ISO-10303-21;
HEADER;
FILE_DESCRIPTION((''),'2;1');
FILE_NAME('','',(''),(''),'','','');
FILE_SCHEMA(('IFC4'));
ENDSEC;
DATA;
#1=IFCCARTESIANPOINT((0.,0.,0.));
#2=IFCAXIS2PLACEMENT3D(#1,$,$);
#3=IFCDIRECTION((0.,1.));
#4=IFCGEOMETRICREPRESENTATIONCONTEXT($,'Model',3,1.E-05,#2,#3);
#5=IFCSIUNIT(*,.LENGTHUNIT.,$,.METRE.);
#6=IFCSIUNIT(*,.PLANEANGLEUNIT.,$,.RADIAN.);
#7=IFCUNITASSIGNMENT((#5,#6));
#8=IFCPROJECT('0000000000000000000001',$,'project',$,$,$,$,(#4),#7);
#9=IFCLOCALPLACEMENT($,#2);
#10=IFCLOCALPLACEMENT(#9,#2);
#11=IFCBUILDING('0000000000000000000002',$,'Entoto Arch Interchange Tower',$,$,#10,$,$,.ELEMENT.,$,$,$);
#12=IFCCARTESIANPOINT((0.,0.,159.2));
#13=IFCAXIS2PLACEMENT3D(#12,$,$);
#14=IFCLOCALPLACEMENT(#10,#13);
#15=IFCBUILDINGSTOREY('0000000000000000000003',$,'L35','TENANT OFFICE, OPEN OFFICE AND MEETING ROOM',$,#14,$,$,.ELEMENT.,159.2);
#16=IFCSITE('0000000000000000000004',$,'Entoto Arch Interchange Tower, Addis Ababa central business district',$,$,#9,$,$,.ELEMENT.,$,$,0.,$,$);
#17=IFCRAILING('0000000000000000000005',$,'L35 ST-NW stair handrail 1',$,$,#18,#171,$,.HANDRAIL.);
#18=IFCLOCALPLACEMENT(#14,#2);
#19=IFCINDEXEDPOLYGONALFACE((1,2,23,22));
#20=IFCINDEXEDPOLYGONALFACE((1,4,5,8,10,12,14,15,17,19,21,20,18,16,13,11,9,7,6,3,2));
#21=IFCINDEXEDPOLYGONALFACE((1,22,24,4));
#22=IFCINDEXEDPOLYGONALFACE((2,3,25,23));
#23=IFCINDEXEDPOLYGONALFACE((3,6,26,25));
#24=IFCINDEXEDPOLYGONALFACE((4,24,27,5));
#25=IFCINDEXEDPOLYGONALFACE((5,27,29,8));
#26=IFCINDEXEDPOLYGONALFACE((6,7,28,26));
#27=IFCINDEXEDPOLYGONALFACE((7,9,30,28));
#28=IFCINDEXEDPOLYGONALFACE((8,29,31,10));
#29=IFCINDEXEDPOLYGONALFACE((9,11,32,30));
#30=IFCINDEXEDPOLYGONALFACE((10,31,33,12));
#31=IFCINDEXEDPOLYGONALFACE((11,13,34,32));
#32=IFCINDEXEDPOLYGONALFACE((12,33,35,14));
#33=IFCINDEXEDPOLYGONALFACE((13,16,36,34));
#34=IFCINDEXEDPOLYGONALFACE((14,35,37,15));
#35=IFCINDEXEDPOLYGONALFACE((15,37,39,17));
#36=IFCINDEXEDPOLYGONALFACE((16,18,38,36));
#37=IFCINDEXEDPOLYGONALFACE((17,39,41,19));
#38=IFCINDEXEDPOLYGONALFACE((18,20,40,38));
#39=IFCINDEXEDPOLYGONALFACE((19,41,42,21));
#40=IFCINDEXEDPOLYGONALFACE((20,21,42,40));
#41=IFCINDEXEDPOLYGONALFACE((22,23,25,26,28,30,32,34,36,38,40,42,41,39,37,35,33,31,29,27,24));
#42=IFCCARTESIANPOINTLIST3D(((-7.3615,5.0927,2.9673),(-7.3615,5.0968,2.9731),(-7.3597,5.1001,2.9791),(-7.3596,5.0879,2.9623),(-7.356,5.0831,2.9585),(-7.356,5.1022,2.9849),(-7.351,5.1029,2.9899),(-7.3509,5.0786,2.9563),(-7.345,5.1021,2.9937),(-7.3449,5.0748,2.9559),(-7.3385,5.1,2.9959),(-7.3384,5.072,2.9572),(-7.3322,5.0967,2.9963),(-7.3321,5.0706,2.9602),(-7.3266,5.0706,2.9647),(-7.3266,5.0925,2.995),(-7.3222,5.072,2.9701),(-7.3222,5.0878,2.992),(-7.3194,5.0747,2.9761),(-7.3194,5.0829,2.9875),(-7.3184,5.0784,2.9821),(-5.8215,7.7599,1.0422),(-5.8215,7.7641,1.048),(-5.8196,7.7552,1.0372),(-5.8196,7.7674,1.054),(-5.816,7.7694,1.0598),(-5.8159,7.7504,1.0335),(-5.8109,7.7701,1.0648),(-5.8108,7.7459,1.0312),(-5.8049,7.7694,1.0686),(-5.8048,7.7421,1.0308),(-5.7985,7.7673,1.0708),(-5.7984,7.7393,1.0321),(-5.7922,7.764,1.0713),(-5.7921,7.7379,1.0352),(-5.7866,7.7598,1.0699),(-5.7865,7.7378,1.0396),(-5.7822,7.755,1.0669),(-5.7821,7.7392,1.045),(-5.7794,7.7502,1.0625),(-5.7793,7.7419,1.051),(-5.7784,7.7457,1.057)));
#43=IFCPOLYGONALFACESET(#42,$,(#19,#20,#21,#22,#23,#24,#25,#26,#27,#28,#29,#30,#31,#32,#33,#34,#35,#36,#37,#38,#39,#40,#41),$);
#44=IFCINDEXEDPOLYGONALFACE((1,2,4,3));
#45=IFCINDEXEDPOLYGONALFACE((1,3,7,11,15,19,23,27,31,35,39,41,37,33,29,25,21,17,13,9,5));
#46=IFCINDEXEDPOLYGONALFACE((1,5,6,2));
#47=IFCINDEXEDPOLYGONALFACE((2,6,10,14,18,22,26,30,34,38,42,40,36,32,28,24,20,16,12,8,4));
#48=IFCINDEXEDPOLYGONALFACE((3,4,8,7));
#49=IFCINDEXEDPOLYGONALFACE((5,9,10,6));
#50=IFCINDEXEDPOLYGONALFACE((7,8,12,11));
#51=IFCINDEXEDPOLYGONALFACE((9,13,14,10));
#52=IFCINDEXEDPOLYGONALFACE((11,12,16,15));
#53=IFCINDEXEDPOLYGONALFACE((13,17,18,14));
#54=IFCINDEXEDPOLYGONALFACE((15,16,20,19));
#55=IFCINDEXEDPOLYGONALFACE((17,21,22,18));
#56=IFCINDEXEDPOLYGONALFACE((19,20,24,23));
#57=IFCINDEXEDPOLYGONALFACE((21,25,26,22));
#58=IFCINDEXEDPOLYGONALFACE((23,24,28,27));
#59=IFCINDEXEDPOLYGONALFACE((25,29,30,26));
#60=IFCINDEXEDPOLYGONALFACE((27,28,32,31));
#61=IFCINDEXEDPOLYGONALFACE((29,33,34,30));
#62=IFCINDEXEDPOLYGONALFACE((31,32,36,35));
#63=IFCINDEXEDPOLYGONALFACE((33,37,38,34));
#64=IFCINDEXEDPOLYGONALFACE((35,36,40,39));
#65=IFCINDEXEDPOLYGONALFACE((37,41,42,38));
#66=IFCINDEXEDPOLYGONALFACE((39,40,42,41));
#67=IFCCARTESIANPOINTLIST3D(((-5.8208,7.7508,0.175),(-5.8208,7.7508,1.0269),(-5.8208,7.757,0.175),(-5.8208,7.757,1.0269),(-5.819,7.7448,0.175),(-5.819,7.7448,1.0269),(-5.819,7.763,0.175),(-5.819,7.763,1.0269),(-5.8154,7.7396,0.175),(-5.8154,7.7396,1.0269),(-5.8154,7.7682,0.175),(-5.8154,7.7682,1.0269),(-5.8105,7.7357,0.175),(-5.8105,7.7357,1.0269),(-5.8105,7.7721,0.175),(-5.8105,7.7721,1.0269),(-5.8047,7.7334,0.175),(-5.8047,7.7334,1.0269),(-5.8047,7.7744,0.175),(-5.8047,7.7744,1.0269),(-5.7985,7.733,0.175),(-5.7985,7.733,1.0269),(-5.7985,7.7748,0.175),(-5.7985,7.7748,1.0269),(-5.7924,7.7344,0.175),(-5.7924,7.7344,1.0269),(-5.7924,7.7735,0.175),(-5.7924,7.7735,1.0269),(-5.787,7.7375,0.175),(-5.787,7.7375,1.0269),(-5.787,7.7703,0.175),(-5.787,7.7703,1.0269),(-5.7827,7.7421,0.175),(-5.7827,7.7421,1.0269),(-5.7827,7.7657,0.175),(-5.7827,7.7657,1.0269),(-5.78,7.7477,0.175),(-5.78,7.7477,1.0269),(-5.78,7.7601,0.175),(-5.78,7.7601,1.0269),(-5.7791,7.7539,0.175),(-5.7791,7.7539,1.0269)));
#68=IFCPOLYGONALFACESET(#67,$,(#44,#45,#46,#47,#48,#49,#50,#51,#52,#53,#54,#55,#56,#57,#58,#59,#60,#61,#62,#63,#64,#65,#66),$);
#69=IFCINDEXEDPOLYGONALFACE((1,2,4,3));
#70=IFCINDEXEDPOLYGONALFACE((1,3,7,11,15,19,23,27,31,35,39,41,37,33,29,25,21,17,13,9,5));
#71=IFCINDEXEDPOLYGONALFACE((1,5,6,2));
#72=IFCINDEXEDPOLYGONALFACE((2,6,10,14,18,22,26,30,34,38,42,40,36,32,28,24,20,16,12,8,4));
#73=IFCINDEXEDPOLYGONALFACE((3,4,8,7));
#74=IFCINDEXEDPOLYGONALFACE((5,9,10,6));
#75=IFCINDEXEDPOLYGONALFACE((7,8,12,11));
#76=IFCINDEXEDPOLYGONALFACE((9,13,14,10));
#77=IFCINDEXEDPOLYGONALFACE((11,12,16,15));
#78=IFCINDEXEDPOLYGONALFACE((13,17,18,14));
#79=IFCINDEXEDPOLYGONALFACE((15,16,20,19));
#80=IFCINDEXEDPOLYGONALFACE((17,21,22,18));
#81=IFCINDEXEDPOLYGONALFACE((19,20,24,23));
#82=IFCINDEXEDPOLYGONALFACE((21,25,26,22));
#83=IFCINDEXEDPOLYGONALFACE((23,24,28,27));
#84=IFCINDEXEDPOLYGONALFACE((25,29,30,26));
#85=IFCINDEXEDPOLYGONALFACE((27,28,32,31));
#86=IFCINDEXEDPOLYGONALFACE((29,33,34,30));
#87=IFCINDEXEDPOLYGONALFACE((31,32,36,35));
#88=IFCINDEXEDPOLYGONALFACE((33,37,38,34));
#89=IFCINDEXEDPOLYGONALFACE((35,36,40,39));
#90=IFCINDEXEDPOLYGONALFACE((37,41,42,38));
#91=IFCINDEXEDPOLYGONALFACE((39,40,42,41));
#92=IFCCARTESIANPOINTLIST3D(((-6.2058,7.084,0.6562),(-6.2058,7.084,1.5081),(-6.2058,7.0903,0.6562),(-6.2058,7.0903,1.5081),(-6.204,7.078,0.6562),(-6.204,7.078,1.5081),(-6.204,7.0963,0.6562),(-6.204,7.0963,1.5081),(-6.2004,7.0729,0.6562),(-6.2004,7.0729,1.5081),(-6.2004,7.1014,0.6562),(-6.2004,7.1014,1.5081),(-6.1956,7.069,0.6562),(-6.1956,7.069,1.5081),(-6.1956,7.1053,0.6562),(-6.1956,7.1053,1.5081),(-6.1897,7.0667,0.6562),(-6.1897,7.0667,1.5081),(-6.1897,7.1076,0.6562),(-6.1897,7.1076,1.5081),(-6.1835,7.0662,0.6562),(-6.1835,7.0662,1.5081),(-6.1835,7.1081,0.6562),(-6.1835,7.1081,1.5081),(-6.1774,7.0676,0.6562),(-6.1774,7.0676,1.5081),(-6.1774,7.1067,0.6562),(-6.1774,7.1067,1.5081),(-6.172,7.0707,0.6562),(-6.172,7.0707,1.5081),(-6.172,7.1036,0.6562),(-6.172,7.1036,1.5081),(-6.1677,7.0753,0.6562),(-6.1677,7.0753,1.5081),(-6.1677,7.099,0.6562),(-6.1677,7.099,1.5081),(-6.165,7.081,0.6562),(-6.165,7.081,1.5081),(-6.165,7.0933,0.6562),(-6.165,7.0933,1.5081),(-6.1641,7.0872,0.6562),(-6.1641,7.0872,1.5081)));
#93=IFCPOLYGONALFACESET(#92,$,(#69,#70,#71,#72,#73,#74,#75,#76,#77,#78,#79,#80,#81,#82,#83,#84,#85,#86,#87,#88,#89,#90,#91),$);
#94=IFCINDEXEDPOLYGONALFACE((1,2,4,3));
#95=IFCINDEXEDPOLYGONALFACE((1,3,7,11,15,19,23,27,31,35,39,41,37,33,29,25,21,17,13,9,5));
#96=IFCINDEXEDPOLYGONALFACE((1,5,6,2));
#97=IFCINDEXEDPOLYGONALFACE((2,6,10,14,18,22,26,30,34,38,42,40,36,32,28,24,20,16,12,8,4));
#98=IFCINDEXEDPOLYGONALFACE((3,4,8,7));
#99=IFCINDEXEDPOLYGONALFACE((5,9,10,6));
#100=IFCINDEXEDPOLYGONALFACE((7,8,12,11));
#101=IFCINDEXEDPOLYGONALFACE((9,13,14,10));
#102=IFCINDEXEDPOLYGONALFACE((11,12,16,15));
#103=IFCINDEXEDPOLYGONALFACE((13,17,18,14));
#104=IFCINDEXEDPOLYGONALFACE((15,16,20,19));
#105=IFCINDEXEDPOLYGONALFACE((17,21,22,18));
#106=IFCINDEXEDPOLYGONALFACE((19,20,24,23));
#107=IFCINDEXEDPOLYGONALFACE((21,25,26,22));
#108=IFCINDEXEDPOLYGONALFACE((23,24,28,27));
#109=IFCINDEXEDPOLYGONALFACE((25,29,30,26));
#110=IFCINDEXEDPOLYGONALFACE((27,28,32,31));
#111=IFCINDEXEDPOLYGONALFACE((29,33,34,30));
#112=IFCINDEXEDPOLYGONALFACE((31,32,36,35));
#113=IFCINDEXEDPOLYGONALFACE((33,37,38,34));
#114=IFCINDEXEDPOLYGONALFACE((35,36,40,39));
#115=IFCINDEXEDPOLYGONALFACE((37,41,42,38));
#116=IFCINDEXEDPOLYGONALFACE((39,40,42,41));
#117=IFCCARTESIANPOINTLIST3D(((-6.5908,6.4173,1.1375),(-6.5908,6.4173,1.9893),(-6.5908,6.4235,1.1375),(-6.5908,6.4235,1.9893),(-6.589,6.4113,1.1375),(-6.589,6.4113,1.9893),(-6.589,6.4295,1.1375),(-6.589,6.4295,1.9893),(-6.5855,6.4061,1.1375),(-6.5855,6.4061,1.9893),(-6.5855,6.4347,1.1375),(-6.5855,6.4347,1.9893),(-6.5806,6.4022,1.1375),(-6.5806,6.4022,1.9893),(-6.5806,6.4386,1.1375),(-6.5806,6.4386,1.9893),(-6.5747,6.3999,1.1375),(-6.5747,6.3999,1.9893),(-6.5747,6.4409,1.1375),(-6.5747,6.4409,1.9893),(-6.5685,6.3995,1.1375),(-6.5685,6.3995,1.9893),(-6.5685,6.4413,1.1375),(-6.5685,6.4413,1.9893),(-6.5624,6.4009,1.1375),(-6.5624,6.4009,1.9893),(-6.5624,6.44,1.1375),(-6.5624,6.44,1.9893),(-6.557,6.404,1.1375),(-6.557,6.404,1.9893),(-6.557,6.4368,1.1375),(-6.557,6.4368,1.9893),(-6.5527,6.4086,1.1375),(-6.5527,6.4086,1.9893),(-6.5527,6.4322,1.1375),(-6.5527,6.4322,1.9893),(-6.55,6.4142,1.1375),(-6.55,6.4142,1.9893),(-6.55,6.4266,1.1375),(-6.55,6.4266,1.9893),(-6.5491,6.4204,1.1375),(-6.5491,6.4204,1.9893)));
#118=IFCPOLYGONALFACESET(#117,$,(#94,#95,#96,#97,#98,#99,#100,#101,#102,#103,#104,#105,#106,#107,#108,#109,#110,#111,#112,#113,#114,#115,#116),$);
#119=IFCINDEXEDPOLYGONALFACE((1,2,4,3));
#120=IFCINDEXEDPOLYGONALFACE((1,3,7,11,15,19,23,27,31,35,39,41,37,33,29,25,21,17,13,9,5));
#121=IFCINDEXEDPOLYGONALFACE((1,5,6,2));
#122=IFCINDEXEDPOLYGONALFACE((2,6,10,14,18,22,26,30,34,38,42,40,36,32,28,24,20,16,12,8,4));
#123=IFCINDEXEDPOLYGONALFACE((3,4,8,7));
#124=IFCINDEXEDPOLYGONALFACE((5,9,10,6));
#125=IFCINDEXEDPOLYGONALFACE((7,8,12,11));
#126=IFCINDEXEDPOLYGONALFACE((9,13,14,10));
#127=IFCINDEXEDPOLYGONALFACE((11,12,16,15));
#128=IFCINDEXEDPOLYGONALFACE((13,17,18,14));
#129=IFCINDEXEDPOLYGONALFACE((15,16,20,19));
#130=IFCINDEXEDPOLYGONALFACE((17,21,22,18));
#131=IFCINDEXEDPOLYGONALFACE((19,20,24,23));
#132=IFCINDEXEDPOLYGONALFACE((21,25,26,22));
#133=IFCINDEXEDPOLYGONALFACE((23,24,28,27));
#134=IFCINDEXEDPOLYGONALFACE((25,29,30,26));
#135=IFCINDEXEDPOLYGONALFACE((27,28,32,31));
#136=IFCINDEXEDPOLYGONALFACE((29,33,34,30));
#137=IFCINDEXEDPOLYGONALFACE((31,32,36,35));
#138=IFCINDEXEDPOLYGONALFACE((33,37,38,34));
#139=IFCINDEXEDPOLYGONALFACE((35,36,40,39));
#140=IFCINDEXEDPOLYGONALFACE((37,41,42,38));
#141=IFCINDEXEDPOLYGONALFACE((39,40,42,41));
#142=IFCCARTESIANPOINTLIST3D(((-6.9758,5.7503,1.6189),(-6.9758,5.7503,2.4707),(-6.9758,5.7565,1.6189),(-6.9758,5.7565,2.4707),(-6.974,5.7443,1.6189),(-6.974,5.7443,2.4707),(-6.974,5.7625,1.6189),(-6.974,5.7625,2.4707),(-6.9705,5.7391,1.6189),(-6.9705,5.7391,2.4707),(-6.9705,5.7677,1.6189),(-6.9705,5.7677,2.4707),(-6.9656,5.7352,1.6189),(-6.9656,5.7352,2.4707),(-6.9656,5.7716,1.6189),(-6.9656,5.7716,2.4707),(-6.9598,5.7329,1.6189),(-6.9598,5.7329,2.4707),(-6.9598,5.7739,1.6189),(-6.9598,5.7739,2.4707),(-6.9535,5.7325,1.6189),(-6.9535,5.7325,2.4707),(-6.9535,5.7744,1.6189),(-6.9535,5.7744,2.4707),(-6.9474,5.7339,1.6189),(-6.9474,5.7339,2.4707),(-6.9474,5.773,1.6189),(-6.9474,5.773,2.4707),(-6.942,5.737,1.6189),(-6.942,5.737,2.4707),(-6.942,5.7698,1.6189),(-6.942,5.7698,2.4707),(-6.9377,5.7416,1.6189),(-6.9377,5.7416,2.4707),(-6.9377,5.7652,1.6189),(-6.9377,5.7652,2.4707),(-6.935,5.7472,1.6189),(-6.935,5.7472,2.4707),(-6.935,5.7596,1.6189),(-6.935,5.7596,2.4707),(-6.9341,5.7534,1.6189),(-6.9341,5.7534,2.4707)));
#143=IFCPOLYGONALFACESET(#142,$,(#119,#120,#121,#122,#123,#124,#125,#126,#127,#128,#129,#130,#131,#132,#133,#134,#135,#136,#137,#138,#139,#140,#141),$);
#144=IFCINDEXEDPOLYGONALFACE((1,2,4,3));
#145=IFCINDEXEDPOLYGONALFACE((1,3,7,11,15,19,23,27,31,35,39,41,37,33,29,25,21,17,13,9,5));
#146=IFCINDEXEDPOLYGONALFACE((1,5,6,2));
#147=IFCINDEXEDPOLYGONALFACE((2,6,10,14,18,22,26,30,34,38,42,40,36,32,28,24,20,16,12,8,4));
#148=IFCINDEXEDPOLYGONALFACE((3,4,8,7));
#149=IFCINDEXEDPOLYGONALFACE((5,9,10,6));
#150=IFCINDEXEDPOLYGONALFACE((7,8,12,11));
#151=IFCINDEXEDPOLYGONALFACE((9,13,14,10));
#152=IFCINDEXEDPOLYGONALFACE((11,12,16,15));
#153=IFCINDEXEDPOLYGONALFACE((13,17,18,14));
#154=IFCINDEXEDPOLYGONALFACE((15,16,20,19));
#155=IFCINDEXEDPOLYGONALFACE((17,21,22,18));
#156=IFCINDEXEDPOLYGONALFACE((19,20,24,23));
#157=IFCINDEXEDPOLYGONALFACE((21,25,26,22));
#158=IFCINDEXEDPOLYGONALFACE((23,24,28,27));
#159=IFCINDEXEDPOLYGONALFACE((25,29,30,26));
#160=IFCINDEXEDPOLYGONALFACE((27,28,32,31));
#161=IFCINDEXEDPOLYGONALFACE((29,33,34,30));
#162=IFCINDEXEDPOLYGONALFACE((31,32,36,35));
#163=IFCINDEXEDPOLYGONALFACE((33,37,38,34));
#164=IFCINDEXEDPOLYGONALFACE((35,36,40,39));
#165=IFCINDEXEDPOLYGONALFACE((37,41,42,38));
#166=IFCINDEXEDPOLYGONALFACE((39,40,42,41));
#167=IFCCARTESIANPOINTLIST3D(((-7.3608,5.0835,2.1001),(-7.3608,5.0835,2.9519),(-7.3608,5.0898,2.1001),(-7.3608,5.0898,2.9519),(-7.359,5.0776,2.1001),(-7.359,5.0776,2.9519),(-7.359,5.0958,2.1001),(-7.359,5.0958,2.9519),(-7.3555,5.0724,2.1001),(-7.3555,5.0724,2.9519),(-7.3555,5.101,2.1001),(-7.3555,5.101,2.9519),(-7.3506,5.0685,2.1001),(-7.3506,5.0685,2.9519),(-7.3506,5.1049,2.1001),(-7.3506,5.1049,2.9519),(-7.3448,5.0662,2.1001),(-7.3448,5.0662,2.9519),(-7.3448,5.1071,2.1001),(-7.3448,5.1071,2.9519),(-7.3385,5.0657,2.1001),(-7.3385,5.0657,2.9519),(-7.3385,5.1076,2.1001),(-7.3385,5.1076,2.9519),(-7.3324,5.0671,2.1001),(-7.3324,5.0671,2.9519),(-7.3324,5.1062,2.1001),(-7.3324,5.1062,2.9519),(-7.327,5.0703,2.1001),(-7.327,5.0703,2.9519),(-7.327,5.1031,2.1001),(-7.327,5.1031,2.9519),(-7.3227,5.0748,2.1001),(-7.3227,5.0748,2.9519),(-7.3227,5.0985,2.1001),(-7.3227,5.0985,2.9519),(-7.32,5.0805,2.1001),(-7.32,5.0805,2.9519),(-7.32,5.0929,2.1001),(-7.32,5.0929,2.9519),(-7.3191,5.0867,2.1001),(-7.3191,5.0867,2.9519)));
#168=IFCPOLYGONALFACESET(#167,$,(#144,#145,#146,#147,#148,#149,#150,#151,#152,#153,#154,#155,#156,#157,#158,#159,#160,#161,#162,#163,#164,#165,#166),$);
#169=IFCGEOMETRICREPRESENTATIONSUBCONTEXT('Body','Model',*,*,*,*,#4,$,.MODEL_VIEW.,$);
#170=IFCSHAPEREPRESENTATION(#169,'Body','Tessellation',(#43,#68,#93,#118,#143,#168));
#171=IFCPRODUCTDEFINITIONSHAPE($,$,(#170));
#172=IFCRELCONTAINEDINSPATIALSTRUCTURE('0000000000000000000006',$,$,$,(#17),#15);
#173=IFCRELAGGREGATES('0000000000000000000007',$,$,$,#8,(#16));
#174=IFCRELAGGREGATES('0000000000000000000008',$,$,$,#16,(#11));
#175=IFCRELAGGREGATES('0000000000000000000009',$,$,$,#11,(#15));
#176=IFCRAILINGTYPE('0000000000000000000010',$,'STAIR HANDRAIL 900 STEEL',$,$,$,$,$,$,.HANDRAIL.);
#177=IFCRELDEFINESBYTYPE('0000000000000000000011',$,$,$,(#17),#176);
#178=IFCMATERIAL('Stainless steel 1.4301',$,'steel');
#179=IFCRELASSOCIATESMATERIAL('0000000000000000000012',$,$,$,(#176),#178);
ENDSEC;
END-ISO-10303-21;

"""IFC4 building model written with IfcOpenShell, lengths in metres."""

from ifc_helpers import new_model, si_unit, direction, frame, origin, origin_2d, place, context, subcontext, project, spatial, circle, extrude, material, type_object, element, save


model = new_model("IFC4")

# Units and contexts
model_context = context("Model", 3, precision=1e-05, world=origin(), true_north=direction((0.0, 1.0)))
body_context = subcontext(model_context, "Body", "Model", "MODEL_VIEW")
ifc_project = project(units=[si_unit("LENGTHUNIT", "METRE"), si_unit("PLANEANGLEUNIT", "RADIAN")], contexts=[model_context])

# Site, building, storey
site_placement = place(None, origin())
site = spatial("IfcSite", under=ifc_project, at=site_placement, Name="Entoto Arch Interchange Tower, Addis Ababa central business district", CompositionType="ELEMENT", RefElevation=0.0)
building_placement = place(site_placement, origin())
building = spatial("IfcBuilding", under=site, at=building_placement, Name="Entoto Arch Interchange Tower", CompositionType="ELEMENT")
storey_placement = place(building_placement, frame((0.0, 0.0, 159.2)))
storey = spatial("IfcBuildingStorey", under=building, at=storey_placement, Name="L35", Description="TENANT OFFICE, OPEN OFFICE AND MEETING ROOM", CompositionType="ELEMENT", Elevation=159.2)

# Railing
ifc_material_1 = material(Name="Stainless steel 1.4301", Category="steel")
railing_type_1 = type_object("IfcRailingType", Name="STAIR HANDRAIL 900 STEEL", PredefinedType="HANDRAIL", material=ifc_material_1)
railing_1_placement = place(storey_placement, frame((-5.8, 7.7539, 0.175)))
element("IfcRailing", 1, at=railing_1_placement, inside=storey, type_object=railing_type_1, Name="L35 ST-NW stair handrail 1", PredefinedType="HANDRAIL", context=body_context, shape_type="SweptSolid", body=[
    extrude(circle(Radius=0.0239, at=origin_2d()), frame((0.0, 0.0, 0.876), z_axis=(-0.424015, -0.734364, 0.530019), x_axis=(0.86601, -0.500027, 0.0)), (0.0, 0.0, 1.0), 3.6321),
    extrude(circle(Radius=0.021, at=origin_2d()), origin(), (0.0, 0.0, 1.0), 0.8518),
    extrude(circle(Radius=0.021, at=origin_2d()), frame((-0.385, -0.6667, 0.4812)), (0.0, 0.0, 1.0), 0.8518),
    extrude(circle(Radius=0.021, at=origin_2d()), frame((-0.77, -1.3335, 0.9624)), (0.0, 0.0, 1.0), 0.8518),
    extrude(circle(Radius=0.021, at=origin_2d()), frame((-1.155, -2.0005, 1.4438)), (0.0, 0.0, 1.0), 0.8518),
    extrude(circle(Radius=0.021, at=origin_2d()), frame((-1.54, -2.6672, 1.925)), (0.0, 0.0, 1.0), 0.8518),
])

save(model, "model.ifc")
